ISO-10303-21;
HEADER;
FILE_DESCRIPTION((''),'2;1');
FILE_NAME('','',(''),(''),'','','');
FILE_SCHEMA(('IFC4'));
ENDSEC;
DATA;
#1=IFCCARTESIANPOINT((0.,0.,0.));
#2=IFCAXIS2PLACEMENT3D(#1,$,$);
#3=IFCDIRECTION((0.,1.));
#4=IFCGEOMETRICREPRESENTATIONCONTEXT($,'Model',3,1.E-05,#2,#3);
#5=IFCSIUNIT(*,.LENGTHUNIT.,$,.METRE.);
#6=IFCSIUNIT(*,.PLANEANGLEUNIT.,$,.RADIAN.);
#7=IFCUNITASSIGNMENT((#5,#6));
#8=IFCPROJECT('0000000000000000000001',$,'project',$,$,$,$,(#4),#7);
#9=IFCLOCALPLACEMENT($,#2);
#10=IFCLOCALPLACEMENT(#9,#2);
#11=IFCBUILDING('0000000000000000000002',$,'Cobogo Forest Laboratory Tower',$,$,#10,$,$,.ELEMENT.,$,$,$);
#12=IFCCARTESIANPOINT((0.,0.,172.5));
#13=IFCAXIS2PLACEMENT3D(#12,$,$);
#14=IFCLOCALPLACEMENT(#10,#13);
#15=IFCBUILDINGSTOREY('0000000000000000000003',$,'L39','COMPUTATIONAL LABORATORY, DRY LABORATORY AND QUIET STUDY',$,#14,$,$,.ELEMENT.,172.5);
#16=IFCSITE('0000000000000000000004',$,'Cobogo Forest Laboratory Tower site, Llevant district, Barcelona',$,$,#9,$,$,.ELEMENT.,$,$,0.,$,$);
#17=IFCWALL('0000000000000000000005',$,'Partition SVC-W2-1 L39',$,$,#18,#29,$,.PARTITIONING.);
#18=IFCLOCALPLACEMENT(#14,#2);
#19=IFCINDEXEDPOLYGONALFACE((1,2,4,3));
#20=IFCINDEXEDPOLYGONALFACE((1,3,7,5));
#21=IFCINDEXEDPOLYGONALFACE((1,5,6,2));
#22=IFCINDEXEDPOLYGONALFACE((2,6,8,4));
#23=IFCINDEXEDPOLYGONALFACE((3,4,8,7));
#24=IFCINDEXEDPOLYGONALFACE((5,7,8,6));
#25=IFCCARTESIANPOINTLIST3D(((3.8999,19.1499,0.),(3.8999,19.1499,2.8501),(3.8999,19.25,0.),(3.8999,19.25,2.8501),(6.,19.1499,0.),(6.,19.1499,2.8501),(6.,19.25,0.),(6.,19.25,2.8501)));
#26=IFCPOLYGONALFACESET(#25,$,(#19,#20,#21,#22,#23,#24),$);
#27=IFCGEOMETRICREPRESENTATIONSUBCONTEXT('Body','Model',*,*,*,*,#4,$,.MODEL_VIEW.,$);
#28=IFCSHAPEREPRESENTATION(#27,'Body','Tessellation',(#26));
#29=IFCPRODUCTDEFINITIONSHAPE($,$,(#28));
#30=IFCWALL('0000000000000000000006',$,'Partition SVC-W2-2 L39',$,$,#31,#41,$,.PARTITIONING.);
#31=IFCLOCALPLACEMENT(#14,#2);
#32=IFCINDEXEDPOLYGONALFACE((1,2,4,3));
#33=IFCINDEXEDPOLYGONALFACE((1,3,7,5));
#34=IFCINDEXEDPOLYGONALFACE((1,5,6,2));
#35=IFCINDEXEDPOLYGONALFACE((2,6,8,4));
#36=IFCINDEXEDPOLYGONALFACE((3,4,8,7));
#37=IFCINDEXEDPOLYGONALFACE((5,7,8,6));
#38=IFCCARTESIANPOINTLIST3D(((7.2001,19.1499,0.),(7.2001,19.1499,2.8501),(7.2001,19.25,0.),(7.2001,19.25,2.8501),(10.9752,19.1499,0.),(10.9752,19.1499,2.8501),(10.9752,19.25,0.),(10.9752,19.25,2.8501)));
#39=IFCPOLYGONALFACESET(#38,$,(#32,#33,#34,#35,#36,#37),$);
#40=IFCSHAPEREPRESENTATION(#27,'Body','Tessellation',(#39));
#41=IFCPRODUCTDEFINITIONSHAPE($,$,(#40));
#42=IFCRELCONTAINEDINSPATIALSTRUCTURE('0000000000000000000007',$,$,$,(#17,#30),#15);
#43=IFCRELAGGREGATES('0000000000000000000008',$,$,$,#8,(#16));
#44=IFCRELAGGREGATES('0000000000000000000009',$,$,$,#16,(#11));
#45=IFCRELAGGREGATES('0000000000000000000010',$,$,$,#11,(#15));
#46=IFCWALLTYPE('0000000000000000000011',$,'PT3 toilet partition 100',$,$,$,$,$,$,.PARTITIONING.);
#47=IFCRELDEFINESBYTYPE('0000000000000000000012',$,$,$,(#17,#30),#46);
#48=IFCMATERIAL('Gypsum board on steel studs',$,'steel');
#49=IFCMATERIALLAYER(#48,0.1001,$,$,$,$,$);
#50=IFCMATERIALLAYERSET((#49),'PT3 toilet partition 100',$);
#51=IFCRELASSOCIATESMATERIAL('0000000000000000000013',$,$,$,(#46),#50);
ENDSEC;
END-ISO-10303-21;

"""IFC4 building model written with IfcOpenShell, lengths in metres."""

from ifc_helpers import new_model, si_unit, direction, frame, frame_2d, origin, place, context, subcontext, project, spatial, rectangle, extrude, material, layer, layer_set, type_object, element, save


model = new_model("IFC4")

# Units and contexts
model_context = context("Model", 3, precision=1e-05, world=origin(), true_north=direction((0.0, 1.0)))
body_context = subcontext(model_context, "Body", "Model", "MODEL_VIEW")
ifc_project = project(units=[si_unit("LENGTHUNIT", "METRE"), si_unit("PLANEANGLEUNIT", "RADIAN")], contexts=[model_context])

# Site, building, storey
site_placement = place(None, origin())
site = spatial("IfcSite", under=ifc_project, at=site_placement, Name="Cobogo Forest Laboratory Tower site, Llevant district, Barcelona", CompositionType="ELEMENT", RefElevation=0.0)
building_placement = place(site_placement, origin())
building = spatial("IfcBuilding", under=site, at=building_placement, Name="Cobogo Forest Laboratory Tower", CompositionType="ELEMENT")
storey_placement = place(building_placement, frame((0.0, 0.0, 172.5)))
storey = spatial("IfcBuildingStorey", under=building, at=storey_placement, Name="L39", Description="COMPUTATIONAL LABORATORY, DRY LABORATORY AND QUIET STUDY", CompositionType="ELEMENT", Elevation=172.5)

# Walls
ifc_material_1 = material(Name="Gypsum board on steel studs", Category="steel")
ifc_layer_1 = layer(ifc_material_1, 0.1001)
ifc_layer_set_1 = layer_set([ifc_layer_1], Name="PT3 toilet partition 100")
wall_type_1 = type_object("IfcWallType", Name="PT3 toilet partition 100", PredefinedType="PARTITIONING", material=ifc_layer_set_1)
wall_1_placement = place(storey_placement, frame((3.8999, 19.2, 0.0), z_axis=(0.0, 0.0, 1.0), x_axis=(1.0, 0.0, 0.0)))
element("IfcWall", 1, at=wall_1_placement, inside=storey, type_object=wall_type_1, Name="Partition SVC-W2-1 L39", PredefinedType="PARTITIONING", context=body_context, shape_type="SweptSolid", body=[
    extrude(rectangle(XDim=2.1001, YDim=0.1001, at=frame_2d((1.05, 0.0))), origin(), (0.0, 0.0, 1.0), 2.8501),
])
wall_2_placement = place(storey_placement, frame((7.2, 19.2, 0.0), z_axis=(0.0, 0.0, 1.0), x_axis=(1.0, 0.0, 0.0)))
element("IfcWall", 2, at=wall_2_placement, inside=storey, type_object=wall_type_1, Name="Partition SVC-W2-2 L39", PredefinedType="PARTITIONING", context=body_context, shape_type="SweptSolid", body=[
    extrude(rectangle(XDim=3.7751, YDim=0.1001, at=frame_2d((1.8877, 0.0))), origin(), (0.0, 0.0, 1.0), 2.8501),
])

save(model, "model.ifc")
